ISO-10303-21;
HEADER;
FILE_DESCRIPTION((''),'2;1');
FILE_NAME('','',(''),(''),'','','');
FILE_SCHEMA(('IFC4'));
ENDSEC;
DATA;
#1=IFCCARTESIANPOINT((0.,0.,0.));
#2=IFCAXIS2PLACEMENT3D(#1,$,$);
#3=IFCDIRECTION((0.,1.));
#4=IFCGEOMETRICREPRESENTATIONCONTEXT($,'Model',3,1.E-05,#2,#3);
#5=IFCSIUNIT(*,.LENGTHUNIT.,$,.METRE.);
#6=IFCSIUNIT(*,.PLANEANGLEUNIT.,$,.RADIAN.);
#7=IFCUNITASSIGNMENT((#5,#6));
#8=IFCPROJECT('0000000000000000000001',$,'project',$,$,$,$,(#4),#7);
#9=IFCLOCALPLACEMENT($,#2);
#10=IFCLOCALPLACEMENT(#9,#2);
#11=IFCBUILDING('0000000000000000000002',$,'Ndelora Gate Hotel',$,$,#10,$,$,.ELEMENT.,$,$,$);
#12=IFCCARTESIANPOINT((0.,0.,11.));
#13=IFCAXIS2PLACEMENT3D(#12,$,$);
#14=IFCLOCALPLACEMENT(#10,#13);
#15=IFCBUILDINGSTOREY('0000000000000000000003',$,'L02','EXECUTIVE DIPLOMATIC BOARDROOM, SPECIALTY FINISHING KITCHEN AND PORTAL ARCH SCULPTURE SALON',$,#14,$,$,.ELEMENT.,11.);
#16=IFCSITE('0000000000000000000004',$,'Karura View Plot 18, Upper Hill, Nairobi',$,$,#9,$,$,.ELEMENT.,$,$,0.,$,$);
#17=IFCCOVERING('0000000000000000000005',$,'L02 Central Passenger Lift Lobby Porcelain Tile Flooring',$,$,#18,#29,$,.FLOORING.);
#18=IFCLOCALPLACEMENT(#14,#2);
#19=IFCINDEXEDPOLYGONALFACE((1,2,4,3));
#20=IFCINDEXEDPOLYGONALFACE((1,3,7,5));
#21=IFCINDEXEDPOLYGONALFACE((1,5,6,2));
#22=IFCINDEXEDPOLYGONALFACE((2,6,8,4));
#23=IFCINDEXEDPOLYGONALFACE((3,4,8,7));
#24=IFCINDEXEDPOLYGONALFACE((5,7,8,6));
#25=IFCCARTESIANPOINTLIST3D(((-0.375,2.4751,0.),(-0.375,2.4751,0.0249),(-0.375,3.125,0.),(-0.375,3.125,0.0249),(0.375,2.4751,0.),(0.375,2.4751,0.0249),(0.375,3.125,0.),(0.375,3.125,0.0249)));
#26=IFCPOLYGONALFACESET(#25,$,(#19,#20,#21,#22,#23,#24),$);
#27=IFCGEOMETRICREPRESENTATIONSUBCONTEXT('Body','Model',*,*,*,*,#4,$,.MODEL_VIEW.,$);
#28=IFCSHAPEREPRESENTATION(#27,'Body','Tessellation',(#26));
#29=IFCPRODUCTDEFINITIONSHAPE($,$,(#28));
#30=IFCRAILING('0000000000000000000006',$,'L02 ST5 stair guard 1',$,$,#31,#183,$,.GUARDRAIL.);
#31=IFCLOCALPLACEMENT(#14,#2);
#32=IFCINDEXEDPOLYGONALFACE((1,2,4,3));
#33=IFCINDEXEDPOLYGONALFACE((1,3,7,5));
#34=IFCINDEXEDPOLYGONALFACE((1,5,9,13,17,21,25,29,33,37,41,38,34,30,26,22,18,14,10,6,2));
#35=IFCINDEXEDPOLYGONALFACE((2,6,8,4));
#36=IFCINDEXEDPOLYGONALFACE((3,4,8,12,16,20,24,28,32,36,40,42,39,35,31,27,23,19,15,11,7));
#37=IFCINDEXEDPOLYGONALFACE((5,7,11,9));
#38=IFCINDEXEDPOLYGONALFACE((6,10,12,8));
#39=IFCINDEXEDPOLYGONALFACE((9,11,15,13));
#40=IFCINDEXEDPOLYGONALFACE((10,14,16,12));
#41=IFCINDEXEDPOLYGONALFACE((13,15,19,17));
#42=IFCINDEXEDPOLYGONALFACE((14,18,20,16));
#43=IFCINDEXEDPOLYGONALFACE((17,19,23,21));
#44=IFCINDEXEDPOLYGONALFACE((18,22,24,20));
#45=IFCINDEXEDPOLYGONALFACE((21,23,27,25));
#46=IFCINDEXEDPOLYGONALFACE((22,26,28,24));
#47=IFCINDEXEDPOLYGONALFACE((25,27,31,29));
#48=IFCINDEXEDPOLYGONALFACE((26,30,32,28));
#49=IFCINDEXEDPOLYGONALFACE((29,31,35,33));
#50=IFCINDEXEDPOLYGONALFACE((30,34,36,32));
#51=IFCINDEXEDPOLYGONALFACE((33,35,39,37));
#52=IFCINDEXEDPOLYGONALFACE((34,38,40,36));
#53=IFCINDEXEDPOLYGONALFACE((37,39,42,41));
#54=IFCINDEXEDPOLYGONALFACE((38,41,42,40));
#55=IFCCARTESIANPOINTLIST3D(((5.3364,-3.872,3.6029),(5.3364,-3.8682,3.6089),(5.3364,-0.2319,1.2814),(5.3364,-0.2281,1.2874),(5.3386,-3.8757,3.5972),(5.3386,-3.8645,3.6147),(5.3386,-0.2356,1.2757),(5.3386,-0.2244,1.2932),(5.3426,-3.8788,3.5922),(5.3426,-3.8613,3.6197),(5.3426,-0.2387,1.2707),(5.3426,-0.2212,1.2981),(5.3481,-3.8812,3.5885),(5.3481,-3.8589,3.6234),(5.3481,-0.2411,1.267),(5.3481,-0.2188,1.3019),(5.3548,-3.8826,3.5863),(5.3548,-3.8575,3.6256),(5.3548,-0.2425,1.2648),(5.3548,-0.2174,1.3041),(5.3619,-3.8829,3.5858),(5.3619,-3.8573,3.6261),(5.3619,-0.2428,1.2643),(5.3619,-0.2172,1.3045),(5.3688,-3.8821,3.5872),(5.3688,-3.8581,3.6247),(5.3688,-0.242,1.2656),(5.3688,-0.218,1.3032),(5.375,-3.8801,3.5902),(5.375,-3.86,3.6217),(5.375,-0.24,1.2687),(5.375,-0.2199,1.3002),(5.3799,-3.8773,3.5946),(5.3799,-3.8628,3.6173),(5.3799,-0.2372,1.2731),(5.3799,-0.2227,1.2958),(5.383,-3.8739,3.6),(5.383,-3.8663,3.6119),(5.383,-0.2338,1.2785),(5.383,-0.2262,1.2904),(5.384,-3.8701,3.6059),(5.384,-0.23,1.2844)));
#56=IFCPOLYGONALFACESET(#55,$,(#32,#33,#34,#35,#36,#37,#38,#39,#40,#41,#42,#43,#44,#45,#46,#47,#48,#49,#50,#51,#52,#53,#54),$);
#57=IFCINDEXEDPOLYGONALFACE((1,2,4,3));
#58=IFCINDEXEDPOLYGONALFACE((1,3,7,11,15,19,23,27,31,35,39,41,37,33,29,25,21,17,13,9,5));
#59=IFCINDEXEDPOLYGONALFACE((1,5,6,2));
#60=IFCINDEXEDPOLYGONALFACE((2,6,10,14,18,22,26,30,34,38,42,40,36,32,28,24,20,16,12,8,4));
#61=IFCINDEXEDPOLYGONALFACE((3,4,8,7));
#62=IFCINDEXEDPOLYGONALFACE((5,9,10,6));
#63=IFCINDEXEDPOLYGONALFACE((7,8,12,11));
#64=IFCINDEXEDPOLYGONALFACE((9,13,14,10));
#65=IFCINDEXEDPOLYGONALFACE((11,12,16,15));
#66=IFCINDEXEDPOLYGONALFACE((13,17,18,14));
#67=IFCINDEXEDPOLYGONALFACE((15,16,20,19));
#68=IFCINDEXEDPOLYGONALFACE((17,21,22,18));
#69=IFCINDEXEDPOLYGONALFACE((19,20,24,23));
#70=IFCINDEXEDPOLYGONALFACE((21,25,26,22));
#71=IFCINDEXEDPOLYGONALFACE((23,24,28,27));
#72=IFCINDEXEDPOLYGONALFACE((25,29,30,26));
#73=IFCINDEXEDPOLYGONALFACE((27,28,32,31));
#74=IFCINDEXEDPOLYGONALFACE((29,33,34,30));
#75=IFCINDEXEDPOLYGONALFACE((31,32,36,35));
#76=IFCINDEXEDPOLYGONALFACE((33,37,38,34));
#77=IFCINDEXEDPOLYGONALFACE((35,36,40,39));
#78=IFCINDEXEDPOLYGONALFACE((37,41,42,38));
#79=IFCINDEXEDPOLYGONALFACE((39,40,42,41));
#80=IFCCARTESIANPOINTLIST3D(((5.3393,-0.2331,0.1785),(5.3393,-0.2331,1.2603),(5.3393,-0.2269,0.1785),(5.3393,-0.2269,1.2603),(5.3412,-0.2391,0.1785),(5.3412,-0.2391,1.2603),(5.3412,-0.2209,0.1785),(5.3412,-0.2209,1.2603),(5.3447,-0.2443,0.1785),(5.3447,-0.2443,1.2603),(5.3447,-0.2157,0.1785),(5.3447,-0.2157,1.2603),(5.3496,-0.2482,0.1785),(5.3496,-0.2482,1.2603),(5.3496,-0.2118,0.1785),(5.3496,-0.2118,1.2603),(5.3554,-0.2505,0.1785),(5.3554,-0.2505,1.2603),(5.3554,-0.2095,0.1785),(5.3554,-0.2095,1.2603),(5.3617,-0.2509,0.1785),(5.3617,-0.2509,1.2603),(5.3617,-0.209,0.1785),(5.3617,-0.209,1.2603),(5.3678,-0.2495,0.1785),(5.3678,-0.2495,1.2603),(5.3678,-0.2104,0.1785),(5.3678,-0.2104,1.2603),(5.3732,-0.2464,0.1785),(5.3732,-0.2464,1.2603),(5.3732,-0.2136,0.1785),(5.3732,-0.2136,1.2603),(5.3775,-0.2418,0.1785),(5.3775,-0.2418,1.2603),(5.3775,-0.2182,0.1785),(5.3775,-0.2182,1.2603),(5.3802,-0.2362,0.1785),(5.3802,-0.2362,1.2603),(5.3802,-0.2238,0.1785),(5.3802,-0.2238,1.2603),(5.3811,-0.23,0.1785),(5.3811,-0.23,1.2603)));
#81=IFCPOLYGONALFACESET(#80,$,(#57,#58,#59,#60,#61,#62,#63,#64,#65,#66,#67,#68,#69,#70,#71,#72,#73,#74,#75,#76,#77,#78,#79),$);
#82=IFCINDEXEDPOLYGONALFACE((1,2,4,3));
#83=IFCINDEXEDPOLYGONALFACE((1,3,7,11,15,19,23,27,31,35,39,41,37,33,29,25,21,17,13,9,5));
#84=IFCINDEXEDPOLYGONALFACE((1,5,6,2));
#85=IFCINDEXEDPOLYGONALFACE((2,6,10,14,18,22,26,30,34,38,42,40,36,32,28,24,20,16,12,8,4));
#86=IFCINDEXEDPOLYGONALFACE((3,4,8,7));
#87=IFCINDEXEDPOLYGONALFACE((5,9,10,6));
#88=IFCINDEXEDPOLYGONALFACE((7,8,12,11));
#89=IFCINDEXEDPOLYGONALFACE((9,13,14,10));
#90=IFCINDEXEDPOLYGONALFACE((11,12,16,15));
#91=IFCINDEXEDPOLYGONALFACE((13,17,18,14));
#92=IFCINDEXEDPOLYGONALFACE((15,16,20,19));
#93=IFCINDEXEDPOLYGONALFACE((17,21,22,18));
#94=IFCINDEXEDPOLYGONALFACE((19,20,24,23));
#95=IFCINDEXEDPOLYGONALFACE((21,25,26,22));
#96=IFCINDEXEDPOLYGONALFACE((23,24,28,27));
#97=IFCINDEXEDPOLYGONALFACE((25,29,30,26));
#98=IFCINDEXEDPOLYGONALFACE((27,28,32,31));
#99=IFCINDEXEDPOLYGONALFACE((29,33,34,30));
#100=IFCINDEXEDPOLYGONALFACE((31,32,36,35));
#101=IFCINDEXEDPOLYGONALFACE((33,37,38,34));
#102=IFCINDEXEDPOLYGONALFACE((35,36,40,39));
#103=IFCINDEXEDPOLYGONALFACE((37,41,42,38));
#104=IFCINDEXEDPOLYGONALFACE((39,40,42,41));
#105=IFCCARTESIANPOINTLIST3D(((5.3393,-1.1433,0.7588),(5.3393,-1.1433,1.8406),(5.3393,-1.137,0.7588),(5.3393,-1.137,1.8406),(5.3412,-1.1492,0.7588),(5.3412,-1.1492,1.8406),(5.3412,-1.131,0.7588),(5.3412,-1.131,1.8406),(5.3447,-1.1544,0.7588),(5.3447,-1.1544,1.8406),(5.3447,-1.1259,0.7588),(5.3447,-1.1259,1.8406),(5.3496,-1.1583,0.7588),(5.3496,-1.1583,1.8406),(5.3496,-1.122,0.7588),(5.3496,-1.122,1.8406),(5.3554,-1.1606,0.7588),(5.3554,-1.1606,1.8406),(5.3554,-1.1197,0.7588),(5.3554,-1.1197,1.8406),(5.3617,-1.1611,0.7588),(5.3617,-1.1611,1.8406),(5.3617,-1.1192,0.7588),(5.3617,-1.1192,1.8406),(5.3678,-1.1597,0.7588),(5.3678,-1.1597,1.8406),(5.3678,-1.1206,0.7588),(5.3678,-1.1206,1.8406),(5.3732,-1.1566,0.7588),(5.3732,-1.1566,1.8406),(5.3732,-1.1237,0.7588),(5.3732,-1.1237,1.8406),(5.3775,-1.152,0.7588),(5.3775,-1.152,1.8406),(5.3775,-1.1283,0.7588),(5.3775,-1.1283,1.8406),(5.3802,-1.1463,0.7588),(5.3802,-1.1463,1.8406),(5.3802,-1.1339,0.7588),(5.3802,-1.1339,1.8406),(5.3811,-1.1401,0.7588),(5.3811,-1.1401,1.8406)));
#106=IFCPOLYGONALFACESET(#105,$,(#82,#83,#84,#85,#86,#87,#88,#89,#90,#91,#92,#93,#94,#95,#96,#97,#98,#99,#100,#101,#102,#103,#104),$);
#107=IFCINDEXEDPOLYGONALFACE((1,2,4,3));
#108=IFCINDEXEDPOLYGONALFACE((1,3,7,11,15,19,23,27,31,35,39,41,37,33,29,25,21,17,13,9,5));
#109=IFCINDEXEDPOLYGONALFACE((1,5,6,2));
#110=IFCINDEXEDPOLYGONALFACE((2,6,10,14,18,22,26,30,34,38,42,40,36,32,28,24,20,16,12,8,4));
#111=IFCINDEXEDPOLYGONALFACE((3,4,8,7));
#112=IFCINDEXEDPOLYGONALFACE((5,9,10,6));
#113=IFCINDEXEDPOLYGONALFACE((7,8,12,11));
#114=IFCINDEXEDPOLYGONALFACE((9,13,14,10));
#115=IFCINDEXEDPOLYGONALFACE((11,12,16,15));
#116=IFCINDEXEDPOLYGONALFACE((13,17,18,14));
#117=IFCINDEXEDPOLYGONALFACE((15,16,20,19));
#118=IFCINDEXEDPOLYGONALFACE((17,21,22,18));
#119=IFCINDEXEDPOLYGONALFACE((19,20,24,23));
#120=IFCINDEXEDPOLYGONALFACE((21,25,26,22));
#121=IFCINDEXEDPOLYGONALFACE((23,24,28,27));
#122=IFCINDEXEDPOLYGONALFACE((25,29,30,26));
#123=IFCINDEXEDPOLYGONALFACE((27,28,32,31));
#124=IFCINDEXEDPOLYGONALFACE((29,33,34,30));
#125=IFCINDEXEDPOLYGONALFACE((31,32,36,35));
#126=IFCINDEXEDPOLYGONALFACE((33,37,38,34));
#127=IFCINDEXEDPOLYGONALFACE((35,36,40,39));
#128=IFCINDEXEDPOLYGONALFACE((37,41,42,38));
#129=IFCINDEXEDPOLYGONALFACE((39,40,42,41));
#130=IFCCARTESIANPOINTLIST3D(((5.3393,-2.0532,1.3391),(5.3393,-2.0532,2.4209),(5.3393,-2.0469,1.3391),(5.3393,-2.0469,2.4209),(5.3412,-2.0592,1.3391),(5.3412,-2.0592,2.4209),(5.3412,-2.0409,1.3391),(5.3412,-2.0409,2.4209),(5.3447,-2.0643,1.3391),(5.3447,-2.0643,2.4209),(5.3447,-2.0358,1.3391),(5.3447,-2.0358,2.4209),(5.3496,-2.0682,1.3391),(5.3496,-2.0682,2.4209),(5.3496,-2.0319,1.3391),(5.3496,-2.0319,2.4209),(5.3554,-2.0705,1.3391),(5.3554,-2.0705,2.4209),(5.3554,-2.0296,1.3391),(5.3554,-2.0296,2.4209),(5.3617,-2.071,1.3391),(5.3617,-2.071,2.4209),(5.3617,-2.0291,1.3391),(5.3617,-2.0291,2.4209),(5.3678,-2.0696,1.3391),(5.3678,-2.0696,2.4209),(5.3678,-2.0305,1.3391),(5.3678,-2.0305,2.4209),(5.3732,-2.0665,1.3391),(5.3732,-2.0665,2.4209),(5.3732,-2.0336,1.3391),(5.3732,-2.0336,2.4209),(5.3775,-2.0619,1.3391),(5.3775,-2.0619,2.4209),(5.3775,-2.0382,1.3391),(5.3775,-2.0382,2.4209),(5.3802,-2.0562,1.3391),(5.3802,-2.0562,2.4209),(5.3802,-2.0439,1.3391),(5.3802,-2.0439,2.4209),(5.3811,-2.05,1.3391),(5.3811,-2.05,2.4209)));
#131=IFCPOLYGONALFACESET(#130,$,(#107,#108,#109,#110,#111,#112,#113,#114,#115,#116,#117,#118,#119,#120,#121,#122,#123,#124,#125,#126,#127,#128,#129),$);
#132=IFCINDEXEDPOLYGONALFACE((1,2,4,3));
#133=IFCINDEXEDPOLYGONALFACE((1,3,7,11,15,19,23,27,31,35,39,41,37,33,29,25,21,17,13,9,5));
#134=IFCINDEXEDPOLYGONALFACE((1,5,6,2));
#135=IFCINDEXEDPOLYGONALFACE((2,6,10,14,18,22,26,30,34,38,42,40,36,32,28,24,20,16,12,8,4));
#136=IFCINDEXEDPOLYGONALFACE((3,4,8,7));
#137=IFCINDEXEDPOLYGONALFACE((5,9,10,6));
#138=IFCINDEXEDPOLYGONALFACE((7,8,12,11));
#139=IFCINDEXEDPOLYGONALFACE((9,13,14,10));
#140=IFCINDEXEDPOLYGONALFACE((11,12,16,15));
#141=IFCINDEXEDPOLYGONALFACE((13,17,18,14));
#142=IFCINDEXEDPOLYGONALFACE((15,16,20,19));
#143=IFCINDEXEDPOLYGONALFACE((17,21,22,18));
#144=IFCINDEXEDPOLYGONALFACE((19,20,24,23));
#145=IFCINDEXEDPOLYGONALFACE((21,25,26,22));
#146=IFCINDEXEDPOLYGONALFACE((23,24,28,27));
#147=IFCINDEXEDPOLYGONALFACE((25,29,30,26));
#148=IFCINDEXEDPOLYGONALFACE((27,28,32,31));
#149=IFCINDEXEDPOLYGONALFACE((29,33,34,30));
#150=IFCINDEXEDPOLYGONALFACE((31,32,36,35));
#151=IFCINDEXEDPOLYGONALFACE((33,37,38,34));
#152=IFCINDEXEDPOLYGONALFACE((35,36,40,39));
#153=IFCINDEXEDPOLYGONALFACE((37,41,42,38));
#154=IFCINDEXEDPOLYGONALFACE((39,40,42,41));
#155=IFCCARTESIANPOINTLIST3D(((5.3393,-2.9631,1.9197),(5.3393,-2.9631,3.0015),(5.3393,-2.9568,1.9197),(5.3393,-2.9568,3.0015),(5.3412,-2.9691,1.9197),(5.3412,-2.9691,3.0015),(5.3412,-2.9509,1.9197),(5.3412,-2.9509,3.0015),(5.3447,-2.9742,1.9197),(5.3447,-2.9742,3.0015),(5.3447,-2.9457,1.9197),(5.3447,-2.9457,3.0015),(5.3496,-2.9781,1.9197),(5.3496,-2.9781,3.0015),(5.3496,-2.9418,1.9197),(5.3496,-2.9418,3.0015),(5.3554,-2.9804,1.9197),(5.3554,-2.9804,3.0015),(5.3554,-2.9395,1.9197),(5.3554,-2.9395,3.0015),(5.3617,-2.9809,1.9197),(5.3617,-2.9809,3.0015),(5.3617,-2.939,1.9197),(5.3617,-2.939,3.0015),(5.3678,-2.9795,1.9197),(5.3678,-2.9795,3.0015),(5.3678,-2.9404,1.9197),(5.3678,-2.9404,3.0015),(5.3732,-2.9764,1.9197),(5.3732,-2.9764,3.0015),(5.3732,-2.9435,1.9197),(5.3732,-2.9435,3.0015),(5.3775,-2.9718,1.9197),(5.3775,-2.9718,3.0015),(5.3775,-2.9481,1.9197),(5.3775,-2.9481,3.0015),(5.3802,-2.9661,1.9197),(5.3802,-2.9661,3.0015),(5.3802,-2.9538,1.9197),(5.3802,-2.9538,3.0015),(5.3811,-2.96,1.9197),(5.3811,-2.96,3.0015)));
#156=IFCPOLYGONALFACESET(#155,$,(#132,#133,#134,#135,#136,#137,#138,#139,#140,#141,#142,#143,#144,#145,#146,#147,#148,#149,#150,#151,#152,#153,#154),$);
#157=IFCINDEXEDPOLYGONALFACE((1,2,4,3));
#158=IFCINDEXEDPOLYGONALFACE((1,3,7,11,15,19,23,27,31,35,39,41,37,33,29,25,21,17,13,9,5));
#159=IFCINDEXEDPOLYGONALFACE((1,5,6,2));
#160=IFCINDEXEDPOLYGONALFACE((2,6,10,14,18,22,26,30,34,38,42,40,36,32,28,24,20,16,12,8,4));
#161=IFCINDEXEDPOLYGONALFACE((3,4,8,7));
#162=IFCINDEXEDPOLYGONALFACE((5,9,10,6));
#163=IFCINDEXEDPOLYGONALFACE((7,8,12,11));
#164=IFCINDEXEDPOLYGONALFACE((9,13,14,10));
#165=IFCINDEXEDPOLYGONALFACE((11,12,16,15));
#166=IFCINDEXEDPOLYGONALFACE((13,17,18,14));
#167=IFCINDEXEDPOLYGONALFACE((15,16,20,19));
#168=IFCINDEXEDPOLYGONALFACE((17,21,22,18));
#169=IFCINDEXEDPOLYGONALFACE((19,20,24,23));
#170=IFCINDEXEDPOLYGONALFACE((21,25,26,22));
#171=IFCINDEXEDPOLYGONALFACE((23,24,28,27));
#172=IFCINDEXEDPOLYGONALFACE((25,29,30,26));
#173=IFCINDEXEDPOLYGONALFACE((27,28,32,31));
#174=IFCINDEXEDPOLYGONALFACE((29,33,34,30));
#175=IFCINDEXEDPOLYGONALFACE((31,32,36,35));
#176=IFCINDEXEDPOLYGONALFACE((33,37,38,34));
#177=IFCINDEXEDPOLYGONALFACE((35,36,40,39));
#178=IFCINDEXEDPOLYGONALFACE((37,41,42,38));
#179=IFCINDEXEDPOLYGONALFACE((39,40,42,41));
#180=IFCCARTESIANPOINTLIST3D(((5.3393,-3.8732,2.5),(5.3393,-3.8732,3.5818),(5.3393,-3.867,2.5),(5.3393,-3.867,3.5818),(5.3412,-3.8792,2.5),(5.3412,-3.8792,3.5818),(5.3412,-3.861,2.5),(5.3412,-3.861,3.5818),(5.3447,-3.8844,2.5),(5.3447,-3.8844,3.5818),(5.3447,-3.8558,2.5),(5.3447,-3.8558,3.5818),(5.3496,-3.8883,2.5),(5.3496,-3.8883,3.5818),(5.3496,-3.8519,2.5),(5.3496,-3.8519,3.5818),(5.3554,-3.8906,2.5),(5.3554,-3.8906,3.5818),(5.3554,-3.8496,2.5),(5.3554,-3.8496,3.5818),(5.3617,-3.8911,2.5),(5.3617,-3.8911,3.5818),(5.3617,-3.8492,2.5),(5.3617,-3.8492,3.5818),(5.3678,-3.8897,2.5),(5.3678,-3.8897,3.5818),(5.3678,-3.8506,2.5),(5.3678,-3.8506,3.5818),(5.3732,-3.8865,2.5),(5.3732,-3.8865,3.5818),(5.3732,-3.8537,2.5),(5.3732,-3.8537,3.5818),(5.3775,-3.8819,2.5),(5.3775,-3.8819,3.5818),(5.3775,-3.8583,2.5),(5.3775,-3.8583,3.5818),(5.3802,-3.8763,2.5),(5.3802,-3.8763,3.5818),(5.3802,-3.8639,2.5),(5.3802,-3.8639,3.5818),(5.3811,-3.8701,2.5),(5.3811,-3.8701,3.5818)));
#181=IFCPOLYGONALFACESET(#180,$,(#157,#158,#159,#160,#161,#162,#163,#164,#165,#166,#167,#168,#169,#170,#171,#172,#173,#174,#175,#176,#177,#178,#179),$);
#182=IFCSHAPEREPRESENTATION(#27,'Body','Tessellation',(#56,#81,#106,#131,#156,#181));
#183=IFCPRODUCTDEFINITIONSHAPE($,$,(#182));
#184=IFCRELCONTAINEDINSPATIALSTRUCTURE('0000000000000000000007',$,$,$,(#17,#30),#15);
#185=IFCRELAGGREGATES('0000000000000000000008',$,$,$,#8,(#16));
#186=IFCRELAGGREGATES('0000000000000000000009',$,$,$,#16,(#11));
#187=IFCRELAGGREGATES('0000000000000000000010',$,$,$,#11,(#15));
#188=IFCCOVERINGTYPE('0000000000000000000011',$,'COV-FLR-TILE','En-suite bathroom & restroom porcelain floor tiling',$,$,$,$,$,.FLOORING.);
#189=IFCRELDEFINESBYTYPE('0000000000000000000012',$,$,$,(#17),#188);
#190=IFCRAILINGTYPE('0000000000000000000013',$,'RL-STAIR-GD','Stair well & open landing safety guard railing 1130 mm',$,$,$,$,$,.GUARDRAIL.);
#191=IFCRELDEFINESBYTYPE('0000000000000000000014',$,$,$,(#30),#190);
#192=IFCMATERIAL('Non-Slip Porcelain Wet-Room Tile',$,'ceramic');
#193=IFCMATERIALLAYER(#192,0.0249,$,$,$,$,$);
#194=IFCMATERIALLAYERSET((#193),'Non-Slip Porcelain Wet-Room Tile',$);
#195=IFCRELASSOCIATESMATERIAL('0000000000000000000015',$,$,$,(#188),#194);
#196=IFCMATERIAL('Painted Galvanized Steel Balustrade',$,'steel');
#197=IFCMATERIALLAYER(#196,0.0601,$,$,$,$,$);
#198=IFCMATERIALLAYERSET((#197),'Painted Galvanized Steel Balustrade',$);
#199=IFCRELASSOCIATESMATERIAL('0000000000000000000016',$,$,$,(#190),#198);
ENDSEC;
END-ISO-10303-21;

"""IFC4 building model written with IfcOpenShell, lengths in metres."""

from ifc_helpers import new_model, si_unit, direction, frame, origin, origin_2d, place, context, subcontext, project, spatial, rectangle, circle, extrude, material, layer, layer_set, type_object, element, save


model = new_model("IFC4")

# Units and contexts
model_context = context("Model", 3, precision=1e-05, world=origin(), true_north=direction((0.0, 1.0)))
body_context = subcontext(model_context, "Body", "Model", "MODEL_VIEW")
ifc_project = project(units=[si_unit("LENGTHUNIT", "METRE"), si_unit("PLANEANGLEUNIT", "RADIAN")], contexts=[model_context])

# Site, building, storey
site_placement = place(None, origin())
site = spatial("IfcSite", under=ifc_project, at=site_placement, Name="Karura View Plot 18, Upper Hill, Nairobi", CompositionType="ELEMENT", RefElevation=0.0)
building_placement = place(site_placement, origin())
building = spatial("IfcBuilding", under=site, at=building_placement, Name="Ndelora Gate Hotel", CompositionType="ELEMENT")
storey_placement = place(building_placement, frame((0.0, 0.0, 11.0)))
storey = spatial("IfcBuildingStorey", under=building, at=storey_placement, Name="L02", Description="EXECUTIVE DIPLOMATIC BOARDROOM, SPECIALTY FINISHING KITCHEN AND PORTAL ARCH SCULPTURE SALON", CompositionType="ELEMENT", Elevation=11.0)

# Covering
ifc_material_1 = material(Name="Non-Slip Porcelain Wet-Room Tile", Category="ceramic")
ifc_layer_1 = layer(ifc_material_1, 0.0249)
ifc_layer_set_1 = layer_set([ifc_layer_1], Name="Non-Slip Porcelain Wet-Room Tile")
covering_type_1 = type_object("IfcCoveringType", Name="COV-FLR-TILE", Description="En-suite bathroom & restroom porcelain floor tiling", PredefinedType="FLOORING", material=ifc_layer_set_1)
for number, where, z_axis, x_axis, name in (
    (1, (0.0, 2.8, 0.0), (0.0, 0.0, 1.0), (1.0, 0.0, 0.0), "L02 Central Passenger Lift Lobby Porcelain Tile Flooring"),
):
    element("IfcCovering", number, at=place(storey_placement, frame(where, z_axis=z_axis, x_axis=x_axis)), inside=storey, type_object=covering_type_1, Name=name, PredefinedType="FLOORING", context=body_context, shape_type="SweptSolid", body=[
        extrude(rectangle(XDim=0.75, YDim=0.6499, at=origin_2d()), origin(), (0.0, 0.0, 1.0), 0.0249),
    ])

# Railing
ifc_material_2 = material(Name="Painted Galvanized Steel Balustrade", Category="steel")
ifc_layer_2 = layer(ifc_material_2, 0.0601)
ifc_layer_set_2 = layer_set([ifc_layer_2], Name="Painted Galvanized Steel Balustrade")
railing_type_1 = type_object("IfcRailingType", Name="RL-STAIR-GD", Description="Stair well & open landing safety guard railing 1130 mm", PredefinedType="GUARDRAIL", material=ifc_layer_set_2)
railing_1_placement = place(storey_placement, frame((5.3601, -0.23, 0.1785)))
element("IfcRailing", 2, at=railing_1_placement, inside=storey, type_object=railing_type_1, Name="L02 ST5 stair guard 1", PredefinedType="GUARDRAIL", context=body_context, shape_type="SweptSolid", body=[
    extrude(circle(Radius=0.0239, at=origin_2d()), frame((0.0, 0.0, 1.106), z_axis=(0.0, -0.843128, 0.537713), x_axis=(1.0, 0.0, 0.0)), (0.0, 0.0, 1.0), 4.3174),
    extrude(circle(Radius=0.021, at=origin_2d()), origin(), (0.0, 0.0, 1.0), 1.0818),
    extrude(circle(Radius=0.021, at=origin_2d()), frame((0.0, -0.9102, 0.5803)), (0.0, 0.0, 1.0), 1.0818),
    extrude(circle(Radius=0.021, at=origin_2d()), frame((0.0, -1.8201, 1.1606)), (0.0, 0.0, 1.0), 1.0818),
    extrude(circle(Radius=0.021, at=origin_2d()), frame((0.0, -2.73, 1.7412)), (0.0, 0.0, 1.0), 1.0818),
    extrude(circle(Radius=0.021, at=origin_2d()), frame((0.0, -3.6401, 2.3215)), (0.0, 0.0, 1.0), 1.0818),
])

save(model, "model.ifc")
